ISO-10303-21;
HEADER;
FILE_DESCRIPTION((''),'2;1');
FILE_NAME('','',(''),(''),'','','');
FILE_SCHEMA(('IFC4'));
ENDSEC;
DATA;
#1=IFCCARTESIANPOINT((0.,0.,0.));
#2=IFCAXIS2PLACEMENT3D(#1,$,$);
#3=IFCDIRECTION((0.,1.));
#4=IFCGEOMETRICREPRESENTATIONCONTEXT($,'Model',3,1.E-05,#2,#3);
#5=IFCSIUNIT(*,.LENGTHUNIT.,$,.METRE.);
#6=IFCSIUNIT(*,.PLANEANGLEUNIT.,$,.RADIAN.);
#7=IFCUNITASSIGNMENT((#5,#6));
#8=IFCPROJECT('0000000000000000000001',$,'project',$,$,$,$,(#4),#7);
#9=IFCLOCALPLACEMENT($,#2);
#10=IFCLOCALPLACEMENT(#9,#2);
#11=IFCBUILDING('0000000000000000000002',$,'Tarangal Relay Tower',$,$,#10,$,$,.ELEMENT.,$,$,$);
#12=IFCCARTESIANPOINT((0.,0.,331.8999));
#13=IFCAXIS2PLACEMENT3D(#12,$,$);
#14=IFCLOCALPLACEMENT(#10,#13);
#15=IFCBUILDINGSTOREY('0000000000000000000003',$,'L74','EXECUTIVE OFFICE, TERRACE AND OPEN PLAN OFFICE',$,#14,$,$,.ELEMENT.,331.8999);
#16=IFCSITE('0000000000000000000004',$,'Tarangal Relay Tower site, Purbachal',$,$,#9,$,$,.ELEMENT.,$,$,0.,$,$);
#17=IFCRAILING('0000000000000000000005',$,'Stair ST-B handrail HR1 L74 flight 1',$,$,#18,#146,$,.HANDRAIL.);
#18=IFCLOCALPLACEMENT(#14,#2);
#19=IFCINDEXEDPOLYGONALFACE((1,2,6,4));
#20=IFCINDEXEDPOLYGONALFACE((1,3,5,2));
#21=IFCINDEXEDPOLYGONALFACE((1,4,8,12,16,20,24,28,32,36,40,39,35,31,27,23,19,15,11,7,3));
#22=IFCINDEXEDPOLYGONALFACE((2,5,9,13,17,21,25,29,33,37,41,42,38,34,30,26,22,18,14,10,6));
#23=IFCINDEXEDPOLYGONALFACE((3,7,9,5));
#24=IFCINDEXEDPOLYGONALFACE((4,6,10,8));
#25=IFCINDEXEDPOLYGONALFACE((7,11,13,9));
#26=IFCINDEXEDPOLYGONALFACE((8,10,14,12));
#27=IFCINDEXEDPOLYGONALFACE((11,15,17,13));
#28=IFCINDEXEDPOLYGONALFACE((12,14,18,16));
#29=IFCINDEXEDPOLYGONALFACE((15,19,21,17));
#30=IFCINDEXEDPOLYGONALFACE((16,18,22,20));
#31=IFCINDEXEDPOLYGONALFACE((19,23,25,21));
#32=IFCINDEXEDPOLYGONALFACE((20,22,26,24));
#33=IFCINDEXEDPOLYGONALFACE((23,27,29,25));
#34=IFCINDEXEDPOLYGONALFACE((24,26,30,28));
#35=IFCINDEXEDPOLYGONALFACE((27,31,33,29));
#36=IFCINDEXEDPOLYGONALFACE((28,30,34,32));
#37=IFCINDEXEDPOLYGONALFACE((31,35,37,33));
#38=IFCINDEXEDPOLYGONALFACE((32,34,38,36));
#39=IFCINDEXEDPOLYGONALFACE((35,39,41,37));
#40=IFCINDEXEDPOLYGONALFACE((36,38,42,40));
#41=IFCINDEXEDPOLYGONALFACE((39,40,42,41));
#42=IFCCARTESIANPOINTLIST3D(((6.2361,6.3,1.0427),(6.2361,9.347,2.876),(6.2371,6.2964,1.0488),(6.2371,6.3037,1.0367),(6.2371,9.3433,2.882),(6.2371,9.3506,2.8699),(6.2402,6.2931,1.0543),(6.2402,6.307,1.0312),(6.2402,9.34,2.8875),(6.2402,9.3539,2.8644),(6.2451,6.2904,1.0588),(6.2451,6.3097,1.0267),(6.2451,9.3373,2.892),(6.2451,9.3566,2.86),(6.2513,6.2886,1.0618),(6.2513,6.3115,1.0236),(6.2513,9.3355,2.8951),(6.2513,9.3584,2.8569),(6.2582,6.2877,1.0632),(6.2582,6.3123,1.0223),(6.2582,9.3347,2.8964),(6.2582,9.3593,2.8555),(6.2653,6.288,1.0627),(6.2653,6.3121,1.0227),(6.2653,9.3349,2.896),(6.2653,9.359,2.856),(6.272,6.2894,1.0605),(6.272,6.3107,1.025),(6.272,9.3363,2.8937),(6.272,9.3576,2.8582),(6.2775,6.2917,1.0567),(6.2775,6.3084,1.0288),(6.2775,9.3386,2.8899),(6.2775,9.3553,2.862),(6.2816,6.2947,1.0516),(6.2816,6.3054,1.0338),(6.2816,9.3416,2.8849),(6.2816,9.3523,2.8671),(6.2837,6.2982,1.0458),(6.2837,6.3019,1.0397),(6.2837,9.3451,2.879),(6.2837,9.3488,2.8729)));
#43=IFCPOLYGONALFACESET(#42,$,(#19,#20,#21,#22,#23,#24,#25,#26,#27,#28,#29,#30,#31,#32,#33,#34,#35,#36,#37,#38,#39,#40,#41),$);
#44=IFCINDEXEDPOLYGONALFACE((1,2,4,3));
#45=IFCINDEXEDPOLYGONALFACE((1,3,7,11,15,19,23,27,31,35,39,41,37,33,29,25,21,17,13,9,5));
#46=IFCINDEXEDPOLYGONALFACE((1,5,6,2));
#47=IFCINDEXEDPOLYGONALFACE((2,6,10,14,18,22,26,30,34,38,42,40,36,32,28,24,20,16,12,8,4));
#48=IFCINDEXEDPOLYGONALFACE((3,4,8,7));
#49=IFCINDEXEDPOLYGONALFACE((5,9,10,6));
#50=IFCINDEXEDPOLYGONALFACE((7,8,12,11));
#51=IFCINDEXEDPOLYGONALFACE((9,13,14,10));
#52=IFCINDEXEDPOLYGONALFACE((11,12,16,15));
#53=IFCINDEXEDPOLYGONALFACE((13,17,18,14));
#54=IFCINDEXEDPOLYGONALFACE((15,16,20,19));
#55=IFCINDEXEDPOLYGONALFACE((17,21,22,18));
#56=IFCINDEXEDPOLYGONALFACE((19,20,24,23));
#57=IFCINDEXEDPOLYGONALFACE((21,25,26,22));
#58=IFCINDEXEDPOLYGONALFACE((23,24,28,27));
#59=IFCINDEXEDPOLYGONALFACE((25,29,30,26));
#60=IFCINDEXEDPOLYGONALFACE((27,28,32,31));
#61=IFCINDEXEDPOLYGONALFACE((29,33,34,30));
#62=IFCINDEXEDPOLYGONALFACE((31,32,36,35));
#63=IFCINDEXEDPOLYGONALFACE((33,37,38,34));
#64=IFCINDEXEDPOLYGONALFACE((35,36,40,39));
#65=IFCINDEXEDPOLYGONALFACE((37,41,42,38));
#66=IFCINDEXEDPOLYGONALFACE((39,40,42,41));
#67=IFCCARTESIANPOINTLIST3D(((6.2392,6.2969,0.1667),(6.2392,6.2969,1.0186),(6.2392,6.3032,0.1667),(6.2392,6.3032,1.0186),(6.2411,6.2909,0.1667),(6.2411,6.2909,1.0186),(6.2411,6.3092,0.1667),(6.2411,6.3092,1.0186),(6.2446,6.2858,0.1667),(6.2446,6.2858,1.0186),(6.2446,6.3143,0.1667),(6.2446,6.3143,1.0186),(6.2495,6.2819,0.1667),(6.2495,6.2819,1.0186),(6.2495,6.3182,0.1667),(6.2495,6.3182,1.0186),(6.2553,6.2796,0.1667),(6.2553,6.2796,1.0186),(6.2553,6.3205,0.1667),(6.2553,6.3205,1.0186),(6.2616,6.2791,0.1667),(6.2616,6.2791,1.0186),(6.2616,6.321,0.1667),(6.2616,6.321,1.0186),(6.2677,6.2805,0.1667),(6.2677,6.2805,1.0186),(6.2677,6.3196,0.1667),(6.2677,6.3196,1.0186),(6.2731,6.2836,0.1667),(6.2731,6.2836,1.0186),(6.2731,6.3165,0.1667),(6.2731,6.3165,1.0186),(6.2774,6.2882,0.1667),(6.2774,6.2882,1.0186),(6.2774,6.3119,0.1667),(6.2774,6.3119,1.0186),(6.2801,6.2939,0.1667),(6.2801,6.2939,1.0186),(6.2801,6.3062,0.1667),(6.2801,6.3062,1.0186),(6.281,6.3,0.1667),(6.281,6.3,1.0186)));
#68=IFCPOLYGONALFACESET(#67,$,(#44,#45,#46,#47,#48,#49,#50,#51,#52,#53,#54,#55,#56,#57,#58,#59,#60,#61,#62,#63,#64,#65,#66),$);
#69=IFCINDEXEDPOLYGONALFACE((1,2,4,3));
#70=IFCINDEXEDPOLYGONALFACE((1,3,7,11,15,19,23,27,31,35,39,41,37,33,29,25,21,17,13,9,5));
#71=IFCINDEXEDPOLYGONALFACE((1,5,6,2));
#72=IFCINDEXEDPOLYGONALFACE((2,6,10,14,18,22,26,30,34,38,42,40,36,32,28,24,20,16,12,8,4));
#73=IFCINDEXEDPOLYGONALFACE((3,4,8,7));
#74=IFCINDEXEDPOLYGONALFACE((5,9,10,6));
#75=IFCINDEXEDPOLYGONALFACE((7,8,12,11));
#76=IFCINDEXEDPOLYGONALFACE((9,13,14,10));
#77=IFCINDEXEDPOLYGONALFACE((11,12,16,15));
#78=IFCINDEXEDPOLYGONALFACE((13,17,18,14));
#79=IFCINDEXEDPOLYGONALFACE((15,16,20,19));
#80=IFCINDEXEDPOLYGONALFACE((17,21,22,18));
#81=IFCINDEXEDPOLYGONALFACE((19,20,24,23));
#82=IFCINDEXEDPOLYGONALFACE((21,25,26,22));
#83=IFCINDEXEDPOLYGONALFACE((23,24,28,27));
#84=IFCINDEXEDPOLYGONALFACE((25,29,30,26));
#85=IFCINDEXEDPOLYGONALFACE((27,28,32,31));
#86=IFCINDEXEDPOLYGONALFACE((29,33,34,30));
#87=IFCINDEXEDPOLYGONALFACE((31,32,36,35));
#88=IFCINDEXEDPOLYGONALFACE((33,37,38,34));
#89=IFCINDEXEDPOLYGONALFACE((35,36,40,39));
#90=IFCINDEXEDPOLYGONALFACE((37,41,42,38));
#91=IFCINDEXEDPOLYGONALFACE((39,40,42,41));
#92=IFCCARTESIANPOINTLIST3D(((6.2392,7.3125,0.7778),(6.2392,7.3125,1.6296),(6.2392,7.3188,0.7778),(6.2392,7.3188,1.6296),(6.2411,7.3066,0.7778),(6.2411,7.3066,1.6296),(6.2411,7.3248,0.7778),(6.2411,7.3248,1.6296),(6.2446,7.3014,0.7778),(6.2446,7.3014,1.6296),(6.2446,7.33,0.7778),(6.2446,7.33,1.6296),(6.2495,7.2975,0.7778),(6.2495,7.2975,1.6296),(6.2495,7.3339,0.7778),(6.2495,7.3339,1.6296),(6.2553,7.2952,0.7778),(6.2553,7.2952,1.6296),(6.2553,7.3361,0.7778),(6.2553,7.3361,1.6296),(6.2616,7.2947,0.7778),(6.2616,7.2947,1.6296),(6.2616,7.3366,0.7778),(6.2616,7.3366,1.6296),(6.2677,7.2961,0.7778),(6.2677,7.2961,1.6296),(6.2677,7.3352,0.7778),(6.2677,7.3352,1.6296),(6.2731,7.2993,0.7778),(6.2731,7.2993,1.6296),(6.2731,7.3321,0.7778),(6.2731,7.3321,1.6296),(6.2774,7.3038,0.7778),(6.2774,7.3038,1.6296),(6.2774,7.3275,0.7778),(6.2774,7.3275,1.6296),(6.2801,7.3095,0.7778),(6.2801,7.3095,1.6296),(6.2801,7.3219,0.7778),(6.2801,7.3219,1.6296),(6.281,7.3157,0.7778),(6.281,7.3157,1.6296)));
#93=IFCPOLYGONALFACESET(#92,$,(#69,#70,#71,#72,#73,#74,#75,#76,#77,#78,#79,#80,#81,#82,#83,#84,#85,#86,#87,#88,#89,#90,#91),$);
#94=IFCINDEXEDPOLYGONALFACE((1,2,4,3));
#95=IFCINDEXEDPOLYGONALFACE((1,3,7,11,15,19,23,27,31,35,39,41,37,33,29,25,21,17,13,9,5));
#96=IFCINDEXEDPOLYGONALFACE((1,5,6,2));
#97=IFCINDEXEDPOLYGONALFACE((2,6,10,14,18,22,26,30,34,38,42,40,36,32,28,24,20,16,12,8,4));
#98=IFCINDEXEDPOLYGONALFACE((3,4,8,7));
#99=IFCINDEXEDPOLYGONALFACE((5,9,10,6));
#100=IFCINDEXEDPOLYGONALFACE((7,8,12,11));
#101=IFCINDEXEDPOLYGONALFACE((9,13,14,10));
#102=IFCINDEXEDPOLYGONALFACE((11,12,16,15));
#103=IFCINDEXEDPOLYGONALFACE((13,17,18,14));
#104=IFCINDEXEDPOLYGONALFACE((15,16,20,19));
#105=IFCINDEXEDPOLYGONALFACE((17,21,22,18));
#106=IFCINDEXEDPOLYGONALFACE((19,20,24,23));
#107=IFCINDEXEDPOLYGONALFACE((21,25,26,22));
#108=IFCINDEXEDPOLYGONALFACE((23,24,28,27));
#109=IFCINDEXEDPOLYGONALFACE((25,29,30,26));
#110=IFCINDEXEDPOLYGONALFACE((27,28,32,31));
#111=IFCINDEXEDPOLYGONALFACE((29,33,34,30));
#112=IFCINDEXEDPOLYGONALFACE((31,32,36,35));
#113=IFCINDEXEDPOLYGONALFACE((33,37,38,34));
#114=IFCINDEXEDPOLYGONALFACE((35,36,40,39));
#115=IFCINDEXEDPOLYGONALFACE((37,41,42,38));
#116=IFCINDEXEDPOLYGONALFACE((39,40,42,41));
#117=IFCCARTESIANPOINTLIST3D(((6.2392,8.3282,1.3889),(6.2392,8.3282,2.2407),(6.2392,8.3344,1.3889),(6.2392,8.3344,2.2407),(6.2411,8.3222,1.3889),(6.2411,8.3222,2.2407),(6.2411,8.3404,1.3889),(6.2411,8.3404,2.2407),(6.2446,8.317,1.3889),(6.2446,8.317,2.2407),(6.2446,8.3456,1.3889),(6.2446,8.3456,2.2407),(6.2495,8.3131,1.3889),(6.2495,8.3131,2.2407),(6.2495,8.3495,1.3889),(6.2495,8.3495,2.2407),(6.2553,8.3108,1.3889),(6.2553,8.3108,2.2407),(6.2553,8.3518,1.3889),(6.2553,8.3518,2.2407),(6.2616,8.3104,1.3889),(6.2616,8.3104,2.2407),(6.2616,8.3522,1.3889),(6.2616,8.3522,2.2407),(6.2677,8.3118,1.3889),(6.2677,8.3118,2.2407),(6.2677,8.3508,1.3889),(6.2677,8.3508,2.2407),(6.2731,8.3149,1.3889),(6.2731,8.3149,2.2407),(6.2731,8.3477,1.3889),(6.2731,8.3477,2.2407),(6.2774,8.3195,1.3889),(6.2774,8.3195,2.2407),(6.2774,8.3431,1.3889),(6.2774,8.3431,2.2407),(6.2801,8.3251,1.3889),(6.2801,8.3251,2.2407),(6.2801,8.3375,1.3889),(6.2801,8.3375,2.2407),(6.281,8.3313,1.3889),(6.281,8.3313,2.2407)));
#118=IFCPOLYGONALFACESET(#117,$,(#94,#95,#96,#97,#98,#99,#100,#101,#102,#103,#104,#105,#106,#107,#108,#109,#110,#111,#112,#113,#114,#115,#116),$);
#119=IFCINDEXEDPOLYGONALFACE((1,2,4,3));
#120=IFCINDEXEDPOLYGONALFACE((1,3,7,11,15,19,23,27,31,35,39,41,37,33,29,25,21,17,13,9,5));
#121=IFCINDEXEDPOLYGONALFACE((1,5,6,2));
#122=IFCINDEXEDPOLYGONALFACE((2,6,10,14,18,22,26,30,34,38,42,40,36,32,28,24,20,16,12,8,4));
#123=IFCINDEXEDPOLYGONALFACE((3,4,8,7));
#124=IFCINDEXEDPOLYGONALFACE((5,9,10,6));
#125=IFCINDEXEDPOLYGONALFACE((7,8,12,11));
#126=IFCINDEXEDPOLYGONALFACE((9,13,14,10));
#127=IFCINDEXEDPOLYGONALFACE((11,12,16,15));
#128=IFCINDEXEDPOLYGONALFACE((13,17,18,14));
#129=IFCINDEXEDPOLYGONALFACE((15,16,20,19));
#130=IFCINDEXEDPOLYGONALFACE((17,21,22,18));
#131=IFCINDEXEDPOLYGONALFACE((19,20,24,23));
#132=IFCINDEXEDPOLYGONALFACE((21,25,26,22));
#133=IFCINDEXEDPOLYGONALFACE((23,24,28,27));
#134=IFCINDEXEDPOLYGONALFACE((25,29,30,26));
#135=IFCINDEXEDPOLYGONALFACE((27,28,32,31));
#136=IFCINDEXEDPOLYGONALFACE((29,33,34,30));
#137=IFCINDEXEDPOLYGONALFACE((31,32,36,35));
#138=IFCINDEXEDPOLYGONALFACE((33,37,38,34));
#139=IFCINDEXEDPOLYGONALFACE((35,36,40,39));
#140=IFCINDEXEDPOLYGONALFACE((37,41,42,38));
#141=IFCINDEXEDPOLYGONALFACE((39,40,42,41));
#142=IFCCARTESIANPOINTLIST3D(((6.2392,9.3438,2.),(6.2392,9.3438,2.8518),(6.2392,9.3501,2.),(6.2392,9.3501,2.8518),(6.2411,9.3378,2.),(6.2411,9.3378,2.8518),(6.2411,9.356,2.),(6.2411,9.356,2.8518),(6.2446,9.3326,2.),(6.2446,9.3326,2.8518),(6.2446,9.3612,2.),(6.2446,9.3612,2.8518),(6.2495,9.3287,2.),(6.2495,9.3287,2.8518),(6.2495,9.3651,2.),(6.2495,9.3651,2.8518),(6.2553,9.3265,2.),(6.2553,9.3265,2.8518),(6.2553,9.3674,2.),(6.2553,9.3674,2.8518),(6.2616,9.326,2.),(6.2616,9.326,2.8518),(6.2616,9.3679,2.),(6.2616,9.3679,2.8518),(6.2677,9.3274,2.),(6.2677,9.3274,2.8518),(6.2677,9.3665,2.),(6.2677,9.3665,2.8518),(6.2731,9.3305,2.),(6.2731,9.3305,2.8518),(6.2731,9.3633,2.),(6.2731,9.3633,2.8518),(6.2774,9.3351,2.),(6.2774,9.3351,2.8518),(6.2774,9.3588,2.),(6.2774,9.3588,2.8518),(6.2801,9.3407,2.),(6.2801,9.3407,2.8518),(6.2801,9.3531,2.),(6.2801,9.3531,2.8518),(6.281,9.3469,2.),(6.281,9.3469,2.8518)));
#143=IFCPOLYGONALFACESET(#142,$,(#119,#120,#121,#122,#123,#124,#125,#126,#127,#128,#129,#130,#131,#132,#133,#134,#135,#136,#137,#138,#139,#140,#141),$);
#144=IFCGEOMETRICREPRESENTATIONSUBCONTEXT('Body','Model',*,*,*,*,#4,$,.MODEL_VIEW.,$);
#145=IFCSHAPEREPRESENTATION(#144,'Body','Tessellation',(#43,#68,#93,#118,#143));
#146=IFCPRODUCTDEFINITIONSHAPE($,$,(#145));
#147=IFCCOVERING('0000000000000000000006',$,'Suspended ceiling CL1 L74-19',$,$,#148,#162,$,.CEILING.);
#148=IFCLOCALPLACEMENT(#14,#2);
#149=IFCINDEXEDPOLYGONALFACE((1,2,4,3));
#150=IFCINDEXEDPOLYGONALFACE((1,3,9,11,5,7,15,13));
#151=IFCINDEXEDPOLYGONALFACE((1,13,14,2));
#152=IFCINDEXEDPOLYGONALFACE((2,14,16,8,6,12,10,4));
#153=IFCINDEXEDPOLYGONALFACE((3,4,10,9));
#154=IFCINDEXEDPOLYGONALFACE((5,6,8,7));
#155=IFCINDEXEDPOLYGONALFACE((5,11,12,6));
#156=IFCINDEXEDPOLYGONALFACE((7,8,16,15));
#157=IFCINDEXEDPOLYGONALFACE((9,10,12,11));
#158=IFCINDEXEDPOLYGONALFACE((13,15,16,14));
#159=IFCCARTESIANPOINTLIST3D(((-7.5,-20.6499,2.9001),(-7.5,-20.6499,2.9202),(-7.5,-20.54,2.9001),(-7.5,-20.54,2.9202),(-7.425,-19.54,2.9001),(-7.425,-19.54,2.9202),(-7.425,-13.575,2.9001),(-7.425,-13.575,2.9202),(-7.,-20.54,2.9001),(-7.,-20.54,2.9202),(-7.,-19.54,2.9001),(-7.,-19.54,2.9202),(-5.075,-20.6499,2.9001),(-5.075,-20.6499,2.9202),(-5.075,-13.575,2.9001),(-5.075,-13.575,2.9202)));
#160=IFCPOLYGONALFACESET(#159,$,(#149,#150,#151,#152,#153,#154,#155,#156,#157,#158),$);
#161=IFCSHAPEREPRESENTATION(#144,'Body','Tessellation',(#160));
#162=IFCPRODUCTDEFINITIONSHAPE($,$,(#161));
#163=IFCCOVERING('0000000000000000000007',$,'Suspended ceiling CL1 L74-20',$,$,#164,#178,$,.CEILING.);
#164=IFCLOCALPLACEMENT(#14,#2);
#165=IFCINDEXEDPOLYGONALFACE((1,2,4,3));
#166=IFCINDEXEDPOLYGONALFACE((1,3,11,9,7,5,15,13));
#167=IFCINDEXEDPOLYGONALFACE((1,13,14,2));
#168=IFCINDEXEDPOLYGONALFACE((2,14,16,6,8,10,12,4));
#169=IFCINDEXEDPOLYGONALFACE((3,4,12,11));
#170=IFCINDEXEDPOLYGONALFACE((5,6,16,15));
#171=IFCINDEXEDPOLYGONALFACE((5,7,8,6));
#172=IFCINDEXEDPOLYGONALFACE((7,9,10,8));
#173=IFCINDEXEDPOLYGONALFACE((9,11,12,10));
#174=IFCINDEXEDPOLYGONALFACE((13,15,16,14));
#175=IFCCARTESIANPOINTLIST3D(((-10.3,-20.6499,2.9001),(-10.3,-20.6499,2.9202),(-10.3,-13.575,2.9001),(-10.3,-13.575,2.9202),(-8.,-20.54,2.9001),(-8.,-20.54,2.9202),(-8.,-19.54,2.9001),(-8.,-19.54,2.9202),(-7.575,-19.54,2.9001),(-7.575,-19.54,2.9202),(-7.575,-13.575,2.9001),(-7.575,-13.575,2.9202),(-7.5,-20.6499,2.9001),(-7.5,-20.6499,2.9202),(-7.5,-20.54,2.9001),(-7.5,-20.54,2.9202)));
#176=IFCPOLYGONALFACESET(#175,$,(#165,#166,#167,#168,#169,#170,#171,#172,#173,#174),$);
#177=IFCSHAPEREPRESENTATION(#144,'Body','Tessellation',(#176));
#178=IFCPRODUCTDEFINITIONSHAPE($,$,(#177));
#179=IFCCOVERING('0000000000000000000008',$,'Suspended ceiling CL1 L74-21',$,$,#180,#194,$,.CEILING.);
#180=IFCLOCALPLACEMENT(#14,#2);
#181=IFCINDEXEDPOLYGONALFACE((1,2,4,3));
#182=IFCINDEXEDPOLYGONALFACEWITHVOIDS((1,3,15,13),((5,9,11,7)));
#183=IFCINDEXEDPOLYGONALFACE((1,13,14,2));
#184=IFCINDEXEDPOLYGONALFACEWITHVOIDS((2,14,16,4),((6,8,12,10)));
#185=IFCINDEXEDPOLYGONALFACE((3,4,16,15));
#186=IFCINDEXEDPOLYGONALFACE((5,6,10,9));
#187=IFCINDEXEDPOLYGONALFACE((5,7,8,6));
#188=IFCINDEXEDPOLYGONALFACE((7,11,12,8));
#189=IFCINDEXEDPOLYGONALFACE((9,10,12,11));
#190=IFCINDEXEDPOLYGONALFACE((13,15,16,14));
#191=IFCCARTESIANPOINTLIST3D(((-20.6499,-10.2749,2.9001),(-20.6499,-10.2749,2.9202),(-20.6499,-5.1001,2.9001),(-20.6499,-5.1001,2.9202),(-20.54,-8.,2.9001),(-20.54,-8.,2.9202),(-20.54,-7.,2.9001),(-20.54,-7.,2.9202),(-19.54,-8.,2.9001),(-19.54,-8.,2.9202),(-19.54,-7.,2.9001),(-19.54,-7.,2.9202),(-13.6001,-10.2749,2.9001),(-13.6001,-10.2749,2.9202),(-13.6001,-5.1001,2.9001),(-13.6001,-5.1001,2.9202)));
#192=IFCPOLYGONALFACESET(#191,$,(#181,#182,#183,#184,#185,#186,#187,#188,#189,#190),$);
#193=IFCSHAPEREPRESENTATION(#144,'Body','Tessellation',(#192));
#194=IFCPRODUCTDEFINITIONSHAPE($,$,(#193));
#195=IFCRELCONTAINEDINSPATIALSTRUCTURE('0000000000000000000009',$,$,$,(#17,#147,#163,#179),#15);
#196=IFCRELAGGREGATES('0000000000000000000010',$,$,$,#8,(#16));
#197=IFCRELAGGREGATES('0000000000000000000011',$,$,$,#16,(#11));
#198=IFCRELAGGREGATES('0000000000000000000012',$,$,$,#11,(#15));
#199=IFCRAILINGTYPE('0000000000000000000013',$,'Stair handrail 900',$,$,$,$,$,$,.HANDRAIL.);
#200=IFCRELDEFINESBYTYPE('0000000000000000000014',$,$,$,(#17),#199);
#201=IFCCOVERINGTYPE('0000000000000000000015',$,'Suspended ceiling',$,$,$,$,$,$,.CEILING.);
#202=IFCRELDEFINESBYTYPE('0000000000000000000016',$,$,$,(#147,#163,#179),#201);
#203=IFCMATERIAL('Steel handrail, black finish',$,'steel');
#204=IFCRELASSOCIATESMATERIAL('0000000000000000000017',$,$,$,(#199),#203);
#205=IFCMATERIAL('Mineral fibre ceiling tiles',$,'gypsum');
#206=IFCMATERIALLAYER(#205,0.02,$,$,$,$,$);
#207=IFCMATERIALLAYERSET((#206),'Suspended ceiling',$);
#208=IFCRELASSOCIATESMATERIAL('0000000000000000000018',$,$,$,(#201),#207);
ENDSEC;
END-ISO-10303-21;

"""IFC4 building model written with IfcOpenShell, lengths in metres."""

from ifc_helpers import new_model, si_unit, direction, frame, origin, origin_2d, place, context, subcontext, project, spatial, polyline, circle, outline, extrude, material, layer, layer_set, type_object, element, save


model = new_model("IFC4")

# Units and contexts
model_context = context("Model", 3, precision=1e-05, world=origin(), true_north=direction((0.0, 1.0)))
body_context = subcontext(model_context, "Body", "Model", "MODEL_VIEW")
ifc_project = project(units=[si_unit("LENGTHUNIT", "METRE"), si_unit("PLANEANGLEUNIT", "RADIAN")], contexts=[model_context])

# Site, building, storey
site_placement = place(None, origin())
site = spatial("IfcSite", under=ifc_project, at=site_placement, Name="Tarangal Relay Tower site, Purbachal", CompositionType="ELEMENT", RefElevation=0.0)
building_placement = place(site_placement, origin())
building = spatial("IfcBuilding", under=site, at=building_placement, Name="Tarangal Relay Tower", CompositionType="ELEMENT")
storey_placement = place(building_placement, frame((0.0, 0.0, 331.8999)))
storey = spatial("IfcBuildingStorey", under=building, at=storey_placement, Name="L74", Description="EXECUTIVE OFFICE, TERRACE AND OPEN PLAN OFFICE", CompositionType="ELEMENT", Elevation=331.8999)

# Railing
ifc_material_1 = material(Name="Steel handrail, black finish", Category="steel")
railing_type_1 = type_object("IfcRailingType", Name="Stair handrail 900", PredefinedType="HANDRAIL", material=ifc_material_1)
railing_1_placement = place(storey_placement, frame((6.26, 6.3, 0.1667)))
element("IfcRailing", 1, at=railing_1_placement, inside=storey, type_object=railing_type_1, Name="Stair ST-B handrail HR1 L74 flight 1", PredefinedType="HANDRAIL", context=body_context, shape_type="SweptSolid", body=[
    extrude(circle(Radius=0.0239, at=origin_2d()), frame((0.0, 0.0, 0.876), z_axis=(0.0, 0.856856, 0.515556), x_axis=(-1.0, 0.0, 0.0)), (0.0, 0.0, 1.0), 3.5559),
    extrude(circle(Radius=0.021, at=origin_2d()), origin(), (0.0, 0.0, 1.0), 0.8518),
    extrude(circle(Radius=0.021, at=origin_2d()), frame((0.0, 1.0156, 0.6111)), (0.0, 0.0, 1.0), 0.8518),
    extrude(circle(Radius=0.021, at=origin_2d()), frame((0.0, 2.0312, 1.2222)), (0.0, 0.0, 1.0), 0.8518),
    extrude(circle(Radius=0.021, at=origin_2d()), frame((0.0, 3.0469, 1.8333)), (0.0, 0.0, 1.0), 0.8518),
])

# Coverings
ifc_material_2 = material(Name="Mineral fibre ceiling tiles", Category="gypsum")
ifc_layer_1 = layer(ifc_material_2, 0.02)
ifc_layer_set_1 = layer_set([ifc_layer_1], Name="Suspended ceiling")
covering_type = type_object("IfcCoveringType", Name="Suspended ceiling", PredefinedType="CEILING", material=ifc_layer_set_1)
covering_1_placement = place(storey_placement, frame((0.0, 0.0, 2.9001)))
element("IfcCovering", 2, at=covering_1_placement, inside=storey, type_object=covering_type, Name="Suspended ceiling CL1 L74-19", PredefinedType="CEILING", context=body_context, shape_type="SweptSolid", body=[
    extrude(outline(polyline([(-7.5, -20.6499), (-5.075, -20.6499), (-5.075, -13.575), (-7.425, -13.575), (-7.425, -19.54), (-7.0, -19.54), (-7.0, -20.54), (-7.5, -20.54), (-7.5, -20.6499)])), origin(), (0.0, 0.0, 1.0), 0.02),
])
covering_2_placement = place(storey_placement, frame((0.0, 0.0, 2.9001)))
element("IfcCovering", 3, at=covering_2_placement, inside=storey, type_object=covering_type, Name="Suspended ceiling CL1 L74-20", PredefinedType="CEILING", context=body_context, shape_type="SweptSolid", body=[
    extrude(outline(polyline([(-10.3, -20.6499), (-7.5, -20.6499), (-7.5, -20.54), (-8.0, -20.54), (-8.0, -19.54), (-7.575, -19.54), (-7.575, -13.575), (-10.3, -13.575), (-10.3, -20.6499)])), origin(), (0.0, 0.0, 1.0), 0.02),
])
covering_3_placement = place(storey_placement, frame((0.0, 0.0, 2.9001)))
element("IfcCovering", 4, at=covering_3_placement, inside=storey, type_object=covering_type, Name="Suspended ceiling CL1 L74-21", PredefinedType="CEILING", context=body_context, shape_type="SweptSolid", body=[
    extrude(outline(polyline([(-20.6499, -5.1001), (-20.6499, -10.2749), (-13.6001, -10.2749), (-13.6001, -5.1001), (-20.6499, -5.1001)]), holes=[polyline([(-19.54, -7.0), (-20.54, -7.0), (-20.54, -8.0), (-19.54, -8.0), (-19.54, -7.0)])]), origin(), (0.0, 0.0, 1.0), 0.02),
])

save(model, "model.ifc")
